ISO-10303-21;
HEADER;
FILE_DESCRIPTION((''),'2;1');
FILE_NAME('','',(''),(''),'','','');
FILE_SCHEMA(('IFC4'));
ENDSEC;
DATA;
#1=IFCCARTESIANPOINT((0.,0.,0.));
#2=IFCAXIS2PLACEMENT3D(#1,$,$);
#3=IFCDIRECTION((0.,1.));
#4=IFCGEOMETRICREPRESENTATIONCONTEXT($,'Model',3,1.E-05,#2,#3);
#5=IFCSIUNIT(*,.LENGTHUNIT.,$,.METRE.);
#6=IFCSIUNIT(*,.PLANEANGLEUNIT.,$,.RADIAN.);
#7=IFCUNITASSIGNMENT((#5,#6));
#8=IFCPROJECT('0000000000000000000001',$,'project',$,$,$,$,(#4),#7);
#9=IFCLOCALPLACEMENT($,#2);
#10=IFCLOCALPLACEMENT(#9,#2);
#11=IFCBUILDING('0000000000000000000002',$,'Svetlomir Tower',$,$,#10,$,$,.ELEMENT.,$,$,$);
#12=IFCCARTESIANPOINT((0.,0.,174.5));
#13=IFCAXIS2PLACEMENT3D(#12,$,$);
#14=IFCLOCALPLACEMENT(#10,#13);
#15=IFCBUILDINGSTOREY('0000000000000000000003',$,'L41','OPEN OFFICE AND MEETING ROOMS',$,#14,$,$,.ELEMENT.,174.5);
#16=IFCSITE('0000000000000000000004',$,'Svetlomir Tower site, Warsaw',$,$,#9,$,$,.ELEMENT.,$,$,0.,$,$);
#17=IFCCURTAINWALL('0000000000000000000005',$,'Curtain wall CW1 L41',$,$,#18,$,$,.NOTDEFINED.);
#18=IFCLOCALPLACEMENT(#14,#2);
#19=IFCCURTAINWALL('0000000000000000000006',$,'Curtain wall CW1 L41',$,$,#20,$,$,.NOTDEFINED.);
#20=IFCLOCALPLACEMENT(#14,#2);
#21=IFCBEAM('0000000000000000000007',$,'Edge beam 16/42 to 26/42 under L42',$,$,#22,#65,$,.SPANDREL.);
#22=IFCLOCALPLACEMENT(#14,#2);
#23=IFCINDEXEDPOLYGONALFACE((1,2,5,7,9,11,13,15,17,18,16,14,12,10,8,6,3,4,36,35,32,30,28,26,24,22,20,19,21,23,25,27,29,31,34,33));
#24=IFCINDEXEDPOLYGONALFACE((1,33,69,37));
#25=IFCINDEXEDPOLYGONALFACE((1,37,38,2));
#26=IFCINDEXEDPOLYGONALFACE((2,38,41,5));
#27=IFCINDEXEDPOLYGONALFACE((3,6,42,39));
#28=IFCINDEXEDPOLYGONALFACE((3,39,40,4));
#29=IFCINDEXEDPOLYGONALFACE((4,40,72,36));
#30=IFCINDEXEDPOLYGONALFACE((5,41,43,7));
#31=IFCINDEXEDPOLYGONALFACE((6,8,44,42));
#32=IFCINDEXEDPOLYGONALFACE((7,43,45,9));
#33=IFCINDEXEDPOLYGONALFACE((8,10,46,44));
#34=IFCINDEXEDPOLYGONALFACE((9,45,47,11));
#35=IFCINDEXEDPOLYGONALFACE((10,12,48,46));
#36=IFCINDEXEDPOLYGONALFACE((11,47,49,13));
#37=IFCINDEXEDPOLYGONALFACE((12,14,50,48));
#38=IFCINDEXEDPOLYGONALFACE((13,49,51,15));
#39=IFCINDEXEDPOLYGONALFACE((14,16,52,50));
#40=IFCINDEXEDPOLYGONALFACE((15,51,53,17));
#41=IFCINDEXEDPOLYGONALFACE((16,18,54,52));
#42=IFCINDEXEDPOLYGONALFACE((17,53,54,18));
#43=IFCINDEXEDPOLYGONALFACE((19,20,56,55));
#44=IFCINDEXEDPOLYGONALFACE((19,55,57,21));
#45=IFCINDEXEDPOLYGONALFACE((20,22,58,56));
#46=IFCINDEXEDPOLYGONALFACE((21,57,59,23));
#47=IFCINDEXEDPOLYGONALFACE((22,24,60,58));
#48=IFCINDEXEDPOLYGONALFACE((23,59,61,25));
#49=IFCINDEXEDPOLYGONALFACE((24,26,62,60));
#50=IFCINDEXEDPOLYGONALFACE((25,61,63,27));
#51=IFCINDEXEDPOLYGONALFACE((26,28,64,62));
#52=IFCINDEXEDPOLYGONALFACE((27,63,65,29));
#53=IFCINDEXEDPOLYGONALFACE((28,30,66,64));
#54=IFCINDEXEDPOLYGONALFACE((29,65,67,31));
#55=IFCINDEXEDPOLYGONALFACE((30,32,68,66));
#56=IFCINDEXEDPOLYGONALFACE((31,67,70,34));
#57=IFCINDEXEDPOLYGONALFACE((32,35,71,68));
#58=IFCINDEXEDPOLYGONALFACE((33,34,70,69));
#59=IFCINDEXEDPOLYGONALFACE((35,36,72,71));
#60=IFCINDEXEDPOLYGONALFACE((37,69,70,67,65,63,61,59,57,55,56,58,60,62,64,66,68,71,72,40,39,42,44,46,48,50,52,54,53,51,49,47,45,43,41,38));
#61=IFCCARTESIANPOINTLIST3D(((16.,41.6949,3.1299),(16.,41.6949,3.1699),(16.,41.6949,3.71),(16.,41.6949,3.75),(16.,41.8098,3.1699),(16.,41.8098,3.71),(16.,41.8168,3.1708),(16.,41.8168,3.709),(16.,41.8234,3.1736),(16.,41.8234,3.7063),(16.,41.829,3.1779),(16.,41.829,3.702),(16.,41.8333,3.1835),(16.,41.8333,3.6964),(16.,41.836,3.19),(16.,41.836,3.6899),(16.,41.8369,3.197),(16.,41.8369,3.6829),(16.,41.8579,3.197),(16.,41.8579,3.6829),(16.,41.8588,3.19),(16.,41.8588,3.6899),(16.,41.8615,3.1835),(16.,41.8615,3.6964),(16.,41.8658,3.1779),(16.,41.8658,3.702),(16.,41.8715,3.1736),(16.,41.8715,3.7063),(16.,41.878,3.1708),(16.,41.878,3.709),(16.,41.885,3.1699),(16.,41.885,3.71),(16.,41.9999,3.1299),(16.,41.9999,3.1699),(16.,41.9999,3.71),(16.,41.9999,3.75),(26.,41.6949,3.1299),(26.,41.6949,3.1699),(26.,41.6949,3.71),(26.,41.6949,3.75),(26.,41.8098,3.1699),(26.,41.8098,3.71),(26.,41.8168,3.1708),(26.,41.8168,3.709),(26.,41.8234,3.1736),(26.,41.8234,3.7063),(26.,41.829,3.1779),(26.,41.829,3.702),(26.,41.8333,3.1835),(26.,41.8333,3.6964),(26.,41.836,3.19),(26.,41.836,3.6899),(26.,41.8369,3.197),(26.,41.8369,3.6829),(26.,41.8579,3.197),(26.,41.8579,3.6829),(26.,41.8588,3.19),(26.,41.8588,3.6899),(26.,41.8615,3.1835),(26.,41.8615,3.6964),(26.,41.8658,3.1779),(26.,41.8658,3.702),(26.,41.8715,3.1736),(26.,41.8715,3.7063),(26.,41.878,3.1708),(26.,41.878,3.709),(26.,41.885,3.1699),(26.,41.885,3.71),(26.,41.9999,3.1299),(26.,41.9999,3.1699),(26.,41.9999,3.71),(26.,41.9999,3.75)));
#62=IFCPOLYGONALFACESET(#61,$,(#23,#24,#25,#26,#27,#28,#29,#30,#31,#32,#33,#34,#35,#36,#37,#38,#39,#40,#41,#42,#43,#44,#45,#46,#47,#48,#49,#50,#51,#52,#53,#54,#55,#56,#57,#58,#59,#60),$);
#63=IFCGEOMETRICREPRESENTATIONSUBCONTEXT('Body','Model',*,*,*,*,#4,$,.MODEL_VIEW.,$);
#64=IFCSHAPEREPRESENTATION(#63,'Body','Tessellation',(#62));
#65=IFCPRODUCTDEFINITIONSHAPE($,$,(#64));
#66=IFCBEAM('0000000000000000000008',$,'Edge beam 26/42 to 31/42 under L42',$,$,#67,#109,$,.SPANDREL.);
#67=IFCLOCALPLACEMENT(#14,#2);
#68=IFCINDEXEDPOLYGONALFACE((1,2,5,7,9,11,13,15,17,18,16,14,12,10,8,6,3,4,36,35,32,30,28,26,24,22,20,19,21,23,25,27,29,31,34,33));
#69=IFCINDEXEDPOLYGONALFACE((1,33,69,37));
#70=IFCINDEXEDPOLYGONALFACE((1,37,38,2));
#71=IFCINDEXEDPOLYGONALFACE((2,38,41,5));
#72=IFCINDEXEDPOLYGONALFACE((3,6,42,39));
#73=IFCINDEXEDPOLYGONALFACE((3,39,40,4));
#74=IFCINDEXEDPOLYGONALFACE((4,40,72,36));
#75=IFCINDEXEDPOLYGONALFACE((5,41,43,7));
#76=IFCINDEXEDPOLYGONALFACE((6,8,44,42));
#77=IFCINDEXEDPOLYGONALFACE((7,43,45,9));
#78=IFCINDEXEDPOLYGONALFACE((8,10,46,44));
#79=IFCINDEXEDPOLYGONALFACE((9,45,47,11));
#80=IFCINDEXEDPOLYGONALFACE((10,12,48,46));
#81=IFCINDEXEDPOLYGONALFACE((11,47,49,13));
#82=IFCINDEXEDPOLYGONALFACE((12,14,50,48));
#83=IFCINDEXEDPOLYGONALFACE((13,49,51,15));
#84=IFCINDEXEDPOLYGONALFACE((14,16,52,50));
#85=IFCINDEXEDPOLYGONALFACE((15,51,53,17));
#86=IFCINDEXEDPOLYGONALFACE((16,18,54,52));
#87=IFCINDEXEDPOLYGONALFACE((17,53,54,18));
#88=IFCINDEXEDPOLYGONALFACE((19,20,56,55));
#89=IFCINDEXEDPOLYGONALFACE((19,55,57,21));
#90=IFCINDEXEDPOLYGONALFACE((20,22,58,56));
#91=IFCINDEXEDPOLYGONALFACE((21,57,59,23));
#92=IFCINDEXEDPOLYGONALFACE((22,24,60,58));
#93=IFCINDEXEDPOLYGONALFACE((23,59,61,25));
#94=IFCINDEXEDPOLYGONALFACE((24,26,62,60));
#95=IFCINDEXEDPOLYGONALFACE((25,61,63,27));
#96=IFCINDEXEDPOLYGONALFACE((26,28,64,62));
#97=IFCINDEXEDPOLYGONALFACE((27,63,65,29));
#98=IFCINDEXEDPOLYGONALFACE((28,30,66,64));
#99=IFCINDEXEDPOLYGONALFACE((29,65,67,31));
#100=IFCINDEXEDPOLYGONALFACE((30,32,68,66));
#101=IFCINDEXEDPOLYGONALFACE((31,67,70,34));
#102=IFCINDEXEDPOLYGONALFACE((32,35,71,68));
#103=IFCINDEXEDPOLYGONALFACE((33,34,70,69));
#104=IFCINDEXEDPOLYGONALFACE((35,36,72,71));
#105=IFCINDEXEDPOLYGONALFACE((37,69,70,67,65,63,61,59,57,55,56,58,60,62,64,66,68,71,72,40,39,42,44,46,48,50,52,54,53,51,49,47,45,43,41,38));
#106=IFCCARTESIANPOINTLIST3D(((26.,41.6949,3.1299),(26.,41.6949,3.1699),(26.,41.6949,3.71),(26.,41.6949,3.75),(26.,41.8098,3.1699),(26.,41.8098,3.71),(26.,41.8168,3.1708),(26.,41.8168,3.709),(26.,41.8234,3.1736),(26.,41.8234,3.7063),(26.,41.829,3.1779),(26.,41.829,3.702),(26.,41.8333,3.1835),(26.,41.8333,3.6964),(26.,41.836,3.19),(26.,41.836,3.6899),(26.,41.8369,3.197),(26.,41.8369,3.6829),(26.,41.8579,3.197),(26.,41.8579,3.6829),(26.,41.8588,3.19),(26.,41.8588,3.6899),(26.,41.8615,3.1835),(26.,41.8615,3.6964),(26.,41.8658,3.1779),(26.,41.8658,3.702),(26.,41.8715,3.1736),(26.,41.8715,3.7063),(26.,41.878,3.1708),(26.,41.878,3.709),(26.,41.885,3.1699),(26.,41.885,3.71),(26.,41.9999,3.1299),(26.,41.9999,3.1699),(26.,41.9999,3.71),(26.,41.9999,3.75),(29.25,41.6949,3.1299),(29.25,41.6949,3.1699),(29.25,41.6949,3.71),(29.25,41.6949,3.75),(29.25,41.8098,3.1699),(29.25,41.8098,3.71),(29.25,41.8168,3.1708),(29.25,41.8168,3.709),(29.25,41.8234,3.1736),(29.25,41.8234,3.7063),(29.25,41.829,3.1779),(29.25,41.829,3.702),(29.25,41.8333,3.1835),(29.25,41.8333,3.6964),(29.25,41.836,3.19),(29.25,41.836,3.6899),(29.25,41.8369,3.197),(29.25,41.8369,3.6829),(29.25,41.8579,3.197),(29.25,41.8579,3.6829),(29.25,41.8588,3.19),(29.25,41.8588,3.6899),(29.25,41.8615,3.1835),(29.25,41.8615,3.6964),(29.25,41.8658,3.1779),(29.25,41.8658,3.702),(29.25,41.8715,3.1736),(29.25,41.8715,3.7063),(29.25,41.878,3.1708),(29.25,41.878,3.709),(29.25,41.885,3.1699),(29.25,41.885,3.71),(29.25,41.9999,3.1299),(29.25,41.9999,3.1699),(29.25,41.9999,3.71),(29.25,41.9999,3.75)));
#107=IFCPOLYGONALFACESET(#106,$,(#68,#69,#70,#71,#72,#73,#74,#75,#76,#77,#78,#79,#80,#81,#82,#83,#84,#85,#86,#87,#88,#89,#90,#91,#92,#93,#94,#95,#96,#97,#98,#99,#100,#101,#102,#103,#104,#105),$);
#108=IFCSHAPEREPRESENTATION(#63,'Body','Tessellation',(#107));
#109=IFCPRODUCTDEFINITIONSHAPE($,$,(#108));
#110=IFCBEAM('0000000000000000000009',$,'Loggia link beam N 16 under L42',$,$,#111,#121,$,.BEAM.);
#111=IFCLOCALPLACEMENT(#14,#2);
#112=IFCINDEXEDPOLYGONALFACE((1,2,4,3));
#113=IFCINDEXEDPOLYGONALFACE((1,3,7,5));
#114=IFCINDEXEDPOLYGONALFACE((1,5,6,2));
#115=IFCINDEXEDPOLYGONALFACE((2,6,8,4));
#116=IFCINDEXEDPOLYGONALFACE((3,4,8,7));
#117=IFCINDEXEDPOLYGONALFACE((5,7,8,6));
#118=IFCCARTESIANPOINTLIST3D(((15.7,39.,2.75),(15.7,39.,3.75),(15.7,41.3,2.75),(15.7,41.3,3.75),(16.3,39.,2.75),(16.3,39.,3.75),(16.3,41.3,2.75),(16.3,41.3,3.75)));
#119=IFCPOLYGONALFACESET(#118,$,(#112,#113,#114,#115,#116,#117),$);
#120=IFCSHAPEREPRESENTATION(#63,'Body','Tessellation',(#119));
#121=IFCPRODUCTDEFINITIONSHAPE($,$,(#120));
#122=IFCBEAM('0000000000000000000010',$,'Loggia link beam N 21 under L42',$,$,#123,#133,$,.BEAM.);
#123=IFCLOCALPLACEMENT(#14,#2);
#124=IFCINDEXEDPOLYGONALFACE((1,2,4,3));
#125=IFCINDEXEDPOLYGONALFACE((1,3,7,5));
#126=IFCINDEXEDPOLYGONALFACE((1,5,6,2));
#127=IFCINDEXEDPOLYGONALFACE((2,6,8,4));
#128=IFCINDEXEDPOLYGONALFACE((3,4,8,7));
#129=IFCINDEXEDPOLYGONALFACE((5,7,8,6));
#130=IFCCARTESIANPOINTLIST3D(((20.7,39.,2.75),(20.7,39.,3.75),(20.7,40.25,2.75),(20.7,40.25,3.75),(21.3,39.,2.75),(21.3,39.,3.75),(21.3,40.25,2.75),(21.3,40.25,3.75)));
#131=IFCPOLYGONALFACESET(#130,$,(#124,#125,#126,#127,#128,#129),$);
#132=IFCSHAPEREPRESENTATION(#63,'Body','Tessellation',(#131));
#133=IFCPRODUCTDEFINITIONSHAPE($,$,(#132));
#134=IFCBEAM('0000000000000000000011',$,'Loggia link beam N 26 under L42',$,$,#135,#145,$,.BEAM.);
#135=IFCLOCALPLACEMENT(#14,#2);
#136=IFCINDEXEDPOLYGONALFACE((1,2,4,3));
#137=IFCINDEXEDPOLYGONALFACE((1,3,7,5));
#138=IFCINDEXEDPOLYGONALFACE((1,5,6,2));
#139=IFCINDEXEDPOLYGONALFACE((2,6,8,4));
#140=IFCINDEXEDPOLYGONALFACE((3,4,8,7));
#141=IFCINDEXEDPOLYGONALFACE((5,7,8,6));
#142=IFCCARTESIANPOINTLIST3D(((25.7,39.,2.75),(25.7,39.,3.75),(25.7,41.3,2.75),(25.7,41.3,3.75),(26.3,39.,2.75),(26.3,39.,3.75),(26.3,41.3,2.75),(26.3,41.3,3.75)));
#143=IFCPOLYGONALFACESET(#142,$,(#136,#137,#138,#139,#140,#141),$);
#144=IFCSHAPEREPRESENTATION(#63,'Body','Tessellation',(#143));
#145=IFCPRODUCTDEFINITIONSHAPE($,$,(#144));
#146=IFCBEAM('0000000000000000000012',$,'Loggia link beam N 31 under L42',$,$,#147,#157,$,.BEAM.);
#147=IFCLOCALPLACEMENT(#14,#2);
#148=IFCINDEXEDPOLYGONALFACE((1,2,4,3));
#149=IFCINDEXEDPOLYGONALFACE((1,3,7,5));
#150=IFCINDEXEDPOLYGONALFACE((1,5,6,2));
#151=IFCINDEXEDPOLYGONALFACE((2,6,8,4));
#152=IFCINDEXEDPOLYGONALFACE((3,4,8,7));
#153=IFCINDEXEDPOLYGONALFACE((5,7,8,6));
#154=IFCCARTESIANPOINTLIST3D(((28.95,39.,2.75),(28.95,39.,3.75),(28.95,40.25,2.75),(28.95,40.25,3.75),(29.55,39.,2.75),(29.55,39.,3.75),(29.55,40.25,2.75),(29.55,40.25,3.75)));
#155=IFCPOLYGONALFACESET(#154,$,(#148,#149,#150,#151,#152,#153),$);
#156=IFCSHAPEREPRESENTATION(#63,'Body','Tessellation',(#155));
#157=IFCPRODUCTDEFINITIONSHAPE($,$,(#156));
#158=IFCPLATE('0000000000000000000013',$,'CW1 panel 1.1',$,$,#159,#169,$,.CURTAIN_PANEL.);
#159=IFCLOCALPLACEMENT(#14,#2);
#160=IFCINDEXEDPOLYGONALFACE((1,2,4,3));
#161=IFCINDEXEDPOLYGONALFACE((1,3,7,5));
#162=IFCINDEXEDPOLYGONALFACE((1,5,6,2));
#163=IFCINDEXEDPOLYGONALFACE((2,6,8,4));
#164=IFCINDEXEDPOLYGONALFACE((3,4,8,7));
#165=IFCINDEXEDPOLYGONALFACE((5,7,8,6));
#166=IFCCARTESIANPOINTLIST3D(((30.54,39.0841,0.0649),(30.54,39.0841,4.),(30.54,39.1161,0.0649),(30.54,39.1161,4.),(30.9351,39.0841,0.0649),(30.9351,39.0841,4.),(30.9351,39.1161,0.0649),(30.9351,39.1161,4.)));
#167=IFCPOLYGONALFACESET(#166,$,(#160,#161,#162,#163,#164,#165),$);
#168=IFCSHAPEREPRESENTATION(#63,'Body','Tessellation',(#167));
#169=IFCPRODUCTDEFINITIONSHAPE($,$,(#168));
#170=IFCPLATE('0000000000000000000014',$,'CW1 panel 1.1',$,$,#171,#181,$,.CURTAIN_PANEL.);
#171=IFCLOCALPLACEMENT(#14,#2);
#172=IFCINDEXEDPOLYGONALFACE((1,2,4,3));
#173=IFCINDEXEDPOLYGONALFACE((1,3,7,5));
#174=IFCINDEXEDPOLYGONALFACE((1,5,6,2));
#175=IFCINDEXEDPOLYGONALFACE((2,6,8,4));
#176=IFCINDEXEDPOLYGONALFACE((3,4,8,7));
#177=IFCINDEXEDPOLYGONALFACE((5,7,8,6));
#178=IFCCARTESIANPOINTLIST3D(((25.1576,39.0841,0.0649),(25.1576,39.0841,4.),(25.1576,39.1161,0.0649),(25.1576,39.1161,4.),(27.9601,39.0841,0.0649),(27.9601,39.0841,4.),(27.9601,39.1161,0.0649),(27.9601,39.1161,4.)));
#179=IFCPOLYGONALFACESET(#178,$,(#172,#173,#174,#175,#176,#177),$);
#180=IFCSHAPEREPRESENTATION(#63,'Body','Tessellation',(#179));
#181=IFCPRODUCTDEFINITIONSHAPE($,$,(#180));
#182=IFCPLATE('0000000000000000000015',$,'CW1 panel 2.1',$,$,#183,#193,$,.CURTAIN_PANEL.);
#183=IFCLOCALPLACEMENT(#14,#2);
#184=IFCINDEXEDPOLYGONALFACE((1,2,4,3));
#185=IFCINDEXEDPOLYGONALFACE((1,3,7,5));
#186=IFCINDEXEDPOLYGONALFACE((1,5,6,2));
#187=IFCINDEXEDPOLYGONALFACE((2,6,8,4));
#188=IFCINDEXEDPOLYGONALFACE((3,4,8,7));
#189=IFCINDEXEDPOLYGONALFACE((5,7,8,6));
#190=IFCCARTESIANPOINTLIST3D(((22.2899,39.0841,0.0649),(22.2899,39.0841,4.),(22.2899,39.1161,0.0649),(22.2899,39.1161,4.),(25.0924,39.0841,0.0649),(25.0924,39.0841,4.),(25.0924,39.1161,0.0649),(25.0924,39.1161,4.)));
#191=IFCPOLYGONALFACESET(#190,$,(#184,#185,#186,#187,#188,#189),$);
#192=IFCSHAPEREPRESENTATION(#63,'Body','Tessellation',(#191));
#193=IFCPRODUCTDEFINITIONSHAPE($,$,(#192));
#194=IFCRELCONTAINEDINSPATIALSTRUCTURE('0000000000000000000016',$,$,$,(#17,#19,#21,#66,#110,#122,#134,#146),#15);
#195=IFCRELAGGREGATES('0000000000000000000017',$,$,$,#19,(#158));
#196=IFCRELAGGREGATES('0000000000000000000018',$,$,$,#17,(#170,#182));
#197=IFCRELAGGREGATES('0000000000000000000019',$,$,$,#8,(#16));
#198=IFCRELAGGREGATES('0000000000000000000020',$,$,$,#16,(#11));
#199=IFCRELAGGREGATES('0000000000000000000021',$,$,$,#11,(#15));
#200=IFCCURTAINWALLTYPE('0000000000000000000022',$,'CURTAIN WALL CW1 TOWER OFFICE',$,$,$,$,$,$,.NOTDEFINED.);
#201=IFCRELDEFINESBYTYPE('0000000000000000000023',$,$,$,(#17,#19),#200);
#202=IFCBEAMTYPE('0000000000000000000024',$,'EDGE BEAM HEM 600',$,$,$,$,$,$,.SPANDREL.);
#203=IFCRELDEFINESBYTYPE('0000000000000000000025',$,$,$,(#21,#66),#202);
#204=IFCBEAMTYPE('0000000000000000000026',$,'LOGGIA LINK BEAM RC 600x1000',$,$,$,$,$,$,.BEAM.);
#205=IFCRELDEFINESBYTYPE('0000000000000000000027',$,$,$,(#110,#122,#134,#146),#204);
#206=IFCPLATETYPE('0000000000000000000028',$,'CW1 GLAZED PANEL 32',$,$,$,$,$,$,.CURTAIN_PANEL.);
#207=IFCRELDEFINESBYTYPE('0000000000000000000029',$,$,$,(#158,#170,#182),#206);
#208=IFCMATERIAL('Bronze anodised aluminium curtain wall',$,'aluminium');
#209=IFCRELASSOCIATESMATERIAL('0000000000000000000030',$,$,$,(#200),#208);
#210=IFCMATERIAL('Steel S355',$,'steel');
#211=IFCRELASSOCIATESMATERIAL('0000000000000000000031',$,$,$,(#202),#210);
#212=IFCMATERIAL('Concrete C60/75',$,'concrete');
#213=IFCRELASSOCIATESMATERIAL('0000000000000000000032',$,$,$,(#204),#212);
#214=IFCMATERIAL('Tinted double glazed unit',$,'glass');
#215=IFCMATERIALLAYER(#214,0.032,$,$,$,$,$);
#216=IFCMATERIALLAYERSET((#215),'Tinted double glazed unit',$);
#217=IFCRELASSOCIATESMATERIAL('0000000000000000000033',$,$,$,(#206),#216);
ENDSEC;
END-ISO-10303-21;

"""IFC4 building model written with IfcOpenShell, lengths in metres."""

from ifc_helpers import new_model, si_unit, direction, frame, origin, origin_2d, place, context, subcontext, project, spatial, rectangle, i_section, extrude, material, layer, layer_set, material_profile, profile_set, type_object, element, aggregate, save


model = new_model("IFC4")

# Units and contexts
model_context = context("Model", 3, precision=1e-05, world=origin(), true_north=direction((0.0, 1.0)))
body_context = subcontext(model_context, "Body", "Model", "MODEL_VIEW")
ifc_project = project(units=[si_unit("LENGTHUNIT", "METRE"), si_unit("PLANEANGLEUNIT", "RADIAN")], contexts=[model_context])

# Site, building, storey
site_placement = place(None, origin())
site = spatial("IfcSite", under=ifc_project, at=site_placement, Name="Svetlomir Tower site, Warsaw", CompositionType="ELEMENT", RefElevation=0.0)
building_placement = place(site_placement, origin())
building = spatial("IfcBuilding", under=site, at=building_placement, Name="Svetlomir Tower", CompositionType="ELEMENT")
storey_placement = place(building_placement, frame((0.0, 0.0, 174.5)))
storey = spatial("IfcBuildingStorey", under=building, at=storey_placement, Name="L41", Description="OPEN OFFICE AND MEETING ROOMS", CompositionType="ELEMENT", Elevation=174.5)

# Curtain walls
ifc_material_1 = material(Name="Bronze anodised aluminium curtain wall", Category="aluminium")
curtain_wall_type = type_object("IfcCurtainWallType", Name="CURTAIN WALL CW1 TOWER OFFICE", PredefinedType="NOTDEFINED", material=ifc_material_1)
curtain_wall_1_placement = place(storey_placement, origin())
curtain_wall_1 = element("IfcCurtainWall", 1, at=curtain_wall_1_placement, inside=storey, type_object=curtain_wall_type, Name="Curtain wall CW1 L41", PredefinedType="NOTDEFINED")
curtain_wall_2_placement = place(storey_placement, origin())
curtain_wall_2 = element("IfcCurtainWall", 2, at=curtain_wall_2_placement, inside=storey, type_object=curtain_wall_type, Name="Curtain wall CW1 L41", PredefinedType="NOTDEFINED")

# Beams
ifc_material_2 = material(Name="Steel S355", Category="steel")
ifc_material_profile_1 = material_profile(ifc_material_2, i_section(OverallWidth=0.3049, OverallDepth=0.6201, WebThickness=0.021, FlangeThickness=0.04, FilletRadius=0.0271, at=origin_2d()), Name="HEM 600")
ifc_profile_set_1 = profile_set([ifc_material_profile_1], Name="Steel S355")
beam_type_1 = type_object("IfcBeamType", Name="EDGE BEAM HEM 600", PredefinedType="SPANDREL", material=ifc_profile_set_1)
beam_1_placement = place(storey_placement, frame((16.0, 41.8474, 3.4399), z_axis=(1.0, 0.0, 0.0), x_axis=(0.0, 1.0, 0.0)))
element("IfcBeam", 3, at=beam_1_placement, inside=storey, type_object=beam_type_1, Name="Edge beam 16/42 to 26/42 under L42", PredefinedType="SPANDREL", context=body_context, shape_type="SweptSolid", body=[
    extrude(i_section(OverallWidth=0.3049, OverallDepth=0.6201, WebThickness=0.021, FlangeThickness=0.04, FilletRadius=0.0271, at=origin_2d()), origin(), (0.0, 0.0, 1.0), 10.0),
])
beam_2_placement = place(storey_placement, frame((26.0, 41.8474, 3.4399), z_axis=(1.0, 0.0, 0.0), x_axis=(0.0, 1.0, 0.0)))
element("IfcBeam", 4, at=beam_2_placement, inside=storey, type_object=beam_type_1, Name="Edge beam 26/42 to 31/42 under L42", PredefinedType="SPANDREL", context=body_context, shape_type="SweptSolid", body=[
    extrude(i_section(OverallWidth=0.3049, OverallDepth=0.6201, WebThickness=0.021, FlangeThickness=0.04, FilletRadius=0.0271, at=origin_2d()), origin(), (0.0, 0.0, 1.0), 3.25),
])
ifc_material_3 = material(Name="Concrete C60/75", Category="concrete")
ifc_material_profile_2 = material_profile(ifc_material_3, rectangle(XDim=0.6001, YDim=1.0, at=origin_2d()), Name="RC 600x1000")
ifc_profile_set_2 = profile_set([ifc_material_profile_2], Name="Concrete C60/75")
beam_type_2 = type_object("IfcBeamType", Name="LOGGIA LINK BEAM RC 600x1000", PredefinedType="BEAM", material=ifc_profile_set_2)
beam_3_placement = place(storey_placement, frame((16.0, 41.3, 3.25), z_axis=(0.0, -1.0, 0.0), x_axis=(1.0, 0.0, 0.0)))
element("IfcBeam", 5, at=beam_3_placement, inside=storey, type_object=beam_type_2, Name="Loggia link beam N 16 under L42", PredefinedType="BEAM", context=body_context, shape_type="SweptSolid", body=[
    extrude(rectangle(XDim=0.6001, YDim=1.0, at=origin_2d()), origin(), (0.0, 0.0, 1.0), 2.3),
])
beam_4_placement = place(storey_placement, frame((21.0, 40.25, 3.25), z_axis=(0.0, -1.0, 0.0), x_axis=(1.0, 0.0, 0.0)))
element("IfcBeam", 6, at=beam_4_placement, inside=storey, type_object=beam_type_2, Name="Loggia link beam N 21 under L42", PredefinedType="BEAM", context=body_context, shape_type="SweptSolid", body=[
    extrude(rectangle(XDim=0.6001, YDim=1.0, at=origin_2d()), origin(), (0.0, 0.0, 1.0), 1.25),
])
beam_5_placement = place(storey_placement, frame((26.0, 41.3, 3.25), z_axis=(0.0, -1.0, 0.0), x_axis=(1.0, 0.0, 0.0)))
element("IfcBeam", 7, at=beam_5_placement, inside=storey, type_object=beam_type_2, Name="Loggia link beam N 26 under L42", PredefinedType="BEAM", context=body_context, shape_type="SweptSolid", body=[
    extrude(rectangle(XDim=0.6001, YDim=1.0, at=origin_2d()), origin(), (0.0, 0.0, 1.0), 2.3),
])
beam_6_placement = place(storey_placement, frame((29.25, 40.25, 3.25), z_axis=(0.0, -1.0, 0.0), x_axis=(1.0, 0.0, 0.0)))
element("IfcBeam", 8, at=beam_6_placement, inside=storey, type_object=beam_type_2, Name="Loggia link beam N 31 under L42", PredefinedType="BEAM", context=body_context, shape_type="SweptSolid", body=[
    extrude(rectangle(XDim=0.6001, YDim=1.0, at=origin_2d()), origin(), (0.0, 0.0, 1.0), 1.25),
])

# Plates
ifc_material_4 = material(Name="Tinted double glazed unit", Category="glass")
ifc_layer_1 = layer(ifc_material_4, 0.032)
ifc_layer_set_1 = layer_set([ifc_layer_1], Name="Tinted double glazed unit")
plate_type = type_object("IfcPlateType", Name="CW1 GLAZED PANEL 32", PredefinedType="CURTAIN_PANEL", material=ifc_layer_set_1)
plate_1_placement = place(storey_placement, frame((30.7375, 39.1001, 0.0649), z_axis=(0.0, 0.0, 1.0), x_axis=(-1.0, 0.0, 0.0)))
plate_1 = element("IfcPlate", 9, at=plate_1_placement, type_object=plate_type, Name="CW1 panel 1.1", PredefinedType="CURTAIN_PANEL", context=body_context, shape_type="SweptSolid", body=[
    extrude(rectangle(XDim=0.395, YDim=0.032, at=origin_2d()), origin(), (0.0, 0.0, 1.0), 3.9351),
])
aggregate(curtain_wall_2, [plate_1])
plate_2_placement = place(storey_placement, frame((26.5588, 39.1001, 0.0649), z_axis=(0.0, 0.0, 1.0), x_axis=(-1.0, 0.0, 0.0)))
plate_2 = element("IfcPlate", 10, at=plate_2_placement, type_object=plate_type, Name="CW1 panel 1.1", PredefinedType="CURTAIN_PANEL", context=body_context, shape_type="SweptSolid", body=[
    extrude(rectangle(XDim=2.8025, YDim=0.032, at=origin_2d()), origin(), (0.0, 0.0, 1.0), 3.9351),
])
plate_3_placement = place(storey_placement, frame((23.6912, 39.1001, 0.0649), z_axis=(0.0, 0.0, 1.0), x_axis=(-1.0, 0.0, 0.0)))
plate_3 = element("IfcPlate", 11, at=plate_3_placement, type_object=plate_type, Name="CW1 panel 2.1", PredefinedType="CURTAIN_PANEL", context=body_context, shape_type="SweptSolid", body=[
    extrude(rectangle(XDim=2.8025, YDim=0.032, at=origin_2d()), origin(), (0.0, 0.0, 1.0), 3.9351),
])
aggregate(curtain_wall_1, [plate_2, plate_3])

save(model, "model.ifc")
